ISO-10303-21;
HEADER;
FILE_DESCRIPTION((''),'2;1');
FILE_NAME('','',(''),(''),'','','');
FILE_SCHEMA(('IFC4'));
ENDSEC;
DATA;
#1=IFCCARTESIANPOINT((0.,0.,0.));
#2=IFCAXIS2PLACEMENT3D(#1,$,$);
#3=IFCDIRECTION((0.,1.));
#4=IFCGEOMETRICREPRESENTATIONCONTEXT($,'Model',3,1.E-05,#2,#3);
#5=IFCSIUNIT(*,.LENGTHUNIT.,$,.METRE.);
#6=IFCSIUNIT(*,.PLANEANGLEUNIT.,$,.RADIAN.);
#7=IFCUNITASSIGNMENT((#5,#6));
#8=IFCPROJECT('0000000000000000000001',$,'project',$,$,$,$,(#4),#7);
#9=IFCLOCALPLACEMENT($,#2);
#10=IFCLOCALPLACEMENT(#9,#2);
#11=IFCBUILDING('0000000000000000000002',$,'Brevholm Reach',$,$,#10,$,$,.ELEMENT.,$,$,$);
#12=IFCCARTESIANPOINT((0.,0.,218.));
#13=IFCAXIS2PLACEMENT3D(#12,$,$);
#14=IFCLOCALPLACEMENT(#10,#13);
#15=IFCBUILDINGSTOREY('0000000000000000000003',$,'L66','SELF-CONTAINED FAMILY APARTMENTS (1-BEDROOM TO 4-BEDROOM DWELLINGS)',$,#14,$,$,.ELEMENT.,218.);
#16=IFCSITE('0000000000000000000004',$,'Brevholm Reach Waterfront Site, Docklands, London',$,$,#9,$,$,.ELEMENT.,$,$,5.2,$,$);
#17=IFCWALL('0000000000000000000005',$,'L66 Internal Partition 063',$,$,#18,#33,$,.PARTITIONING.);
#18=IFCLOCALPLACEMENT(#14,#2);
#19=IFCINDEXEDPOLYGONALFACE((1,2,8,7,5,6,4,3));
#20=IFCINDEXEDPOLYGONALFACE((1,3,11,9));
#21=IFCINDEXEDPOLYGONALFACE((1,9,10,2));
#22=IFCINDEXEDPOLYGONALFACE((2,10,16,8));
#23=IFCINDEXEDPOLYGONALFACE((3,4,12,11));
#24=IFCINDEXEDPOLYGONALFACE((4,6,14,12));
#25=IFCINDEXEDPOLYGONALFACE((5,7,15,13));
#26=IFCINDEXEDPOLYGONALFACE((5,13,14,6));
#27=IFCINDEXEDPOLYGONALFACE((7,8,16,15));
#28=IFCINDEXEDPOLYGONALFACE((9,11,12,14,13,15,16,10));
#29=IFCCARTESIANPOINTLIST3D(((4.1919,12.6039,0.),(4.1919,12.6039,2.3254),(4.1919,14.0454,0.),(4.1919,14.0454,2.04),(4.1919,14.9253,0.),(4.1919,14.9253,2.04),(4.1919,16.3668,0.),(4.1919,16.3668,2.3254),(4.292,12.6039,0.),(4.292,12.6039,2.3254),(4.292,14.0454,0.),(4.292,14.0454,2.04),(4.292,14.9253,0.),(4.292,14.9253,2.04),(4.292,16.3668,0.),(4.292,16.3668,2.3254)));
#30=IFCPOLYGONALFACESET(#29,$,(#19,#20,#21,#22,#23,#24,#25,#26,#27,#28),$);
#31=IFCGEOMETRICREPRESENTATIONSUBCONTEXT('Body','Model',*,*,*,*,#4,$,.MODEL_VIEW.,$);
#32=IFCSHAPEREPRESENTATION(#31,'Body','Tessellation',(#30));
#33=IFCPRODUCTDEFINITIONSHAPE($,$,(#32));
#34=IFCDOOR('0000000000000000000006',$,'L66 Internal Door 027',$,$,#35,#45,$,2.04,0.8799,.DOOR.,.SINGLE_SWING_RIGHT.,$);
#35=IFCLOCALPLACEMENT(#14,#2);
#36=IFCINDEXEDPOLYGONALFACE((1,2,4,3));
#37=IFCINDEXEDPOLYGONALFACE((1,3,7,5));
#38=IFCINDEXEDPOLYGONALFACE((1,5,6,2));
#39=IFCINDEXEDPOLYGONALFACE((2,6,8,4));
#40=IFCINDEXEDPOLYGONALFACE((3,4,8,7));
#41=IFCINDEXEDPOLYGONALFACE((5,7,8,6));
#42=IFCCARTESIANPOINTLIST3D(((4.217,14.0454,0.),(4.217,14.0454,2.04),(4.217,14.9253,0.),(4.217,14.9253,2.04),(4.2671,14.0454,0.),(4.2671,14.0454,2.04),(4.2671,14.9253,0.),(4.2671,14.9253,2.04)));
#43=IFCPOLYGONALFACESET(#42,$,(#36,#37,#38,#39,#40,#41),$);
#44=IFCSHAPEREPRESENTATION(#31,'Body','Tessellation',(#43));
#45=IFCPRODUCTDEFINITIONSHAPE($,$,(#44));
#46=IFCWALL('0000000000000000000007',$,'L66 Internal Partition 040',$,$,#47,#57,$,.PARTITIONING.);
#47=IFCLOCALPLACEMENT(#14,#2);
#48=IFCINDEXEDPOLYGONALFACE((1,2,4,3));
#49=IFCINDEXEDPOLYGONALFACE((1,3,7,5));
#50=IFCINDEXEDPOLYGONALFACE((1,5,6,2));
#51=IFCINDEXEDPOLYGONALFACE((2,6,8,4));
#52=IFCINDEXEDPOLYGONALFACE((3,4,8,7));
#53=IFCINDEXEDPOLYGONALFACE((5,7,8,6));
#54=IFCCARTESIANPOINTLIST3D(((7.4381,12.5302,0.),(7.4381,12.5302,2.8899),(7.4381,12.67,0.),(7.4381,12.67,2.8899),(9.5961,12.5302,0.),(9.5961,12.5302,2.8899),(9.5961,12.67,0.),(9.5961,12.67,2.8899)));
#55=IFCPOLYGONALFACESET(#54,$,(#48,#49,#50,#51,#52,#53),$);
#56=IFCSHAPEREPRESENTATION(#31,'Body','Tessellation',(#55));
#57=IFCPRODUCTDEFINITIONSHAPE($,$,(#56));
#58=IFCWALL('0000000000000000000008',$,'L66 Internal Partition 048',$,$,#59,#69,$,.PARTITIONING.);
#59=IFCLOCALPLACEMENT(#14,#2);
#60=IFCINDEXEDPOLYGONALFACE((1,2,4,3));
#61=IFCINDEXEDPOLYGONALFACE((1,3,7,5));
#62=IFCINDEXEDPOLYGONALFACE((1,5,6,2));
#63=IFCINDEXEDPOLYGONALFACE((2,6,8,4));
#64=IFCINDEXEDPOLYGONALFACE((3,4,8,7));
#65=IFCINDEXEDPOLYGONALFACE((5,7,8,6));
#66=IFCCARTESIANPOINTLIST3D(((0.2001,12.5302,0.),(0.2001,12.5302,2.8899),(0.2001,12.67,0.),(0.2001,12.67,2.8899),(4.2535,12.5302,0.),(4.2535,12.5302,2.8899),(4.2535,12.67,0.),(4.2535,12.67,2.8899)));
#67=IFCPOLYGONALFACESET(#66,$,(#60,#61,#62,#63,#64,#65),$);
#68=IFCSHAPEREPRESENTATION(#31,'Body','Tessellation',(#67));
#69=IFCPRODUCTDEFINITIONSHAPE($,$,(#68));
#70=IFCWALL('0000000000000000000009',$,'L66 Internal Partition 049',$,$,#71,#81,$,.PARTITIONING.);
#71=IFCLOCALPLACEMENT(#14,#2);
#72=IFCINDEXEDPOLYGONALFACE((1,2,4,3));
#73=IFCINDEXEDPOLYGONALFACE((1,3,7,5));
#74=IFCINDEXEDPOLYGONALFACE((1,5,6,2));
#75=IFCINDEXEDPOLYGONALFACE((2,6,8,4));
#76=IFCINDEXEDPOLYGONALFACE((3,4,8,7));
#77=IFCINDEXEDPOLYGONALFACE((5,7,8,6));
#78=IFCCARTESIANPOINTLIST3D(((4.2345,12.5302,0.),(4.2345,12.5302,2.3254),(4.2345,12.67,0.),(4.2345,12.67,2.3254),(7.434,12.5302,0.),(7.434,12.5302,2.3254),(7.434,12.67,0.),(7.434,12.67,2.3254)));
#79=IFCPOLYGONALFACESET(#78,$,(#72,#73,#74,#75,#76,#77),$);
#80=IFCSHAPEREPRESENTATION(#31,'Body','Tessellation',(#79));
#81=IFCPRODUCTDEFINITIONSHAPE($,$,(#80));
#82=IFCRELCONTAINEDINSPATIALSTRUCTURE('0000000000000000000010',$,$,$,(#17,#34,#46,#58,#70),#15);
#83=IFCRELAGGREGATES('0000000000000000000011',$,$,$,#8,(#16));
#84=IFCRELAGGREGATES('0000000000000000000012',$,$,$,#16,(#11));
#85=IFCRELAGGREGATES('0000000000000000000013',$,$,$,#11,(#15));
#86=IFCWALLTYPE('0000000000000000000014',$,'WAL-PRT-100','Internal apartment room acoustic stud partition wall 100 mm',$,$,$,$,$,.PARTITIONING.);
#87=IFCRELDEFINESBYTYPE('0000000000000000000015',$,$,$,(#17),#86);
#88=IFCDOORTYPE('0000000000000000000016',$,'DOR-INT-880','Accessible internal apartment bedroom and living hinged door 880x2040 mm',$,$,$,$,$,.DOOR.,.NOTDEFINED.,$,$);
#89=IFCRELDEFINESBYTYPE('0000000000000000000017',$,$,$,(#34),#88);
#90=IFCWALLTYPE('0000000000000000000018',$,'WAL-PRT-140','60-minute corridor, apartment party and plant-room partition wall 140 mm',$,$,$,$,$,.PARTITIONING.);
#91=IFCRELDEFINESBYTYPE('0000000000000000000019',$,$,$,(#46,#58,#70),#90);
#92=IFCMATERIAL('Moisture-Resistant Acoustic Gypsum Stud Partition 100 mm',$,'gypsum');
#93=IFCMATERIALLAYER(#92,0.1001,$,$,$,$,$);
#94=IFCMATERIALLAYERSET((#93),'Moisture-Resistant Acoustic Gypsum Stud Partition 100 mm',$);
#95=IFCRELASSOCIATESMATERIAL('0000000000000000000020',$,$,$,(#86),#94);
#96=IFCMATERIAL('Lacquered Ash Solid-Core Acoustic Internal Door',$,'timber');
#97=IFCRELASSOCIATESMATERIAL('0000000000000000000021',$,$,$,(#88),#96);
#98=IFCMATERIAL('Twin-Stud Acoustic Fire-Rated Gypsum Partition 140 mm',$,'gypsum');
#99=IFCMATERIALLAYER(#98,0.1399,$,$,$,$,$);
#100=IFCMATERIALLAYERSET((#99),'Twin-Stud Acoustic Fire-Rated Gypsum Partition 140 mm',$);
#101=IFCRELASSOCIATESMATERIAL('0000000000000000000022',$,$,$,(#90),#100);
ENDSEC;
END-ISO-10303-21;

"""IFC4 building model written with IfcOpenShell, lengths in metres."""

from ifc_helpers import new_model, si_unit, direction, frame, frame_2d, origin, place, context, subcontext, project, spatial, rectangle, extrude, material, layer, layer_set, type_object, element, fill, save


model = new_model("IFC4")

# Units and contexts
model_context = context("Model", 3, precision=1e-05, world=origin(), true_north=direction((0.0, 1.0)))
body_context = subcontext(model_context, "Body", "Model", "MODEL_VIEW")
ifc_project = project(units=[si_unit("LENGTHUNIT", "METRE"), si_unit("PLANEANGLEUNIT", "RADIAN")], contexts=[model_context])

# Site, building, storey
site_placement = place(None, origin())
site = spatial("IfcSite", under=ifc_project, at=site_placement, Name="Brevholm Reach Waterfront Site, Docklands, London", CompositionType="ELEMENT", RefElevation=5.2)
building_placement = place(site_placement, origin())
building = spatial("IfcBuilding", under=site, at=building_placement, Name="Brevholm Reach", CompositionType="ELEMENT")
storey_placement = place(building_placement, frame((0.0, 0.0, 218.0)))
storey = spatial("IfcBuildingStorey", under=building, at=storey_placement, Name="L66", Description="SELF-CONTAINED FAMILY APARTMENTS (1-BEDROOM TO 4-BEDROOM DWELLINGS)", CompositionType="ELEMENT", Elevation=218.0)

# Shared definitions
ifc_material_1 = material(Name="Moisture-Resistant Acoustic Gypsum Stud Partition 100 mm", Category="gypsum")
ifc_layer_1 = layer(ifc_material_1, 0.1001)
ifc_layer_set_1 = layer_set([ifc_layer_1], Name="Moisture-Resistant Acoustic Gypsum Stud Partition 100 mm")
wall_type_1 = type_object("IfcWallType", Name="WAL-PRT-100", Description="Internal apartment room acoustic stud partition wall 100 mm", PredefinedType="PARTITIONING", material=ifc_layer_set_1)

# Shared definitions
ifc_material_2 = material(Name="Lacquered Ash Solid-Core Acoustic Internal Door", Category="timber")
door_type_1 = type_object("IfcDoorType", Name="DOR-INT-880", Description="Accessible internal apartment bedroom and living hinged door 880x2040 mm", OperationType="NOTDEFINED", PredefinedType="DOOR", material=ifc_material_2)

# Wall, opening, door
wall_1_placement = place(storey_placement, frame((4.2419, 12.604, 0.0), z_axis=(0.0, 0.0, 1.0), x_axis=(0.0, 1.0, 0.0)))
wall_1 = element("IfcWall", 1, at=wall_1_placement, inside=storey, type_object=wall_type_1, Name="L66 Internal Partition 063", PredefinedType="PARTITIONING", context=body_context, shape_type="SweptSolid", body=[
    extrude(rectangle(XDim=3.7629, YDim=0.1001, at=frame_2d((1.8813, 0.0))), origin(), (0.0, 0.0, 1.0), 2.3254),
])
opening_1_placement = place(wall_1_placement, frame((1.4414, 0.0, 0.0)))
opening_1 = element("IfcOpeningElement", 2, at=opening_1_placement, cuts=wall_1, PredefinedType="OPENING", context=body_context, shape_type="SweptSolid", body=[
    extrude(rectangle(XDim=0.8799, YDim=2.04, at=frame_2d((0.4399, 1.02))), frame((0.0, 0.0601, 0.0), z_axis=(0.0, -1.0, 0.0), x_axis=(1.0, 0.0, 0.0)), (0.0, 0.0, 1.0), 0.1201),
])
door_1_placement = place(opening_1_placement, origin())
door_1 = element("IfcDoor", 3, at=door_1_placement, inside=storey, type_object=door_type_1, Name="L66 Internal Door 027", OperationType="SINGLE_SWING_RIGHT", OverallHeight=2.04, OverallWidth=0.8799, PredefinedType="DOOR", context=body_context, shape_type="SweptSolid", body=[
    extrude(rectangle(XDim=0.8799, YDim=2.04, at=frame_2d((0.4399, 1.02))), frame((0.0, 0.0249, 0.0), z_axis=(0.0, -1.0, 0.0), x_axis=(1.0, 0.0, 0.0)), (0.0, 0.0, 1.0), 0.05),
])
fill(opening_1, door_1)

# Walls
ifc_material_3 = material(Name="Twin-Stud Acoustic Fire-Rated Gypsum Partition 140 mm", Category="gypsum")
ifc_layer_2 = layer(ifc_material_3, 0.1399)
ifc_layer_set_2 = layer_set([ifc_layer_2], Name="Twin-Stud Acoustic Fire-Rated Gypsum Partition 140 mm")
wall_type_2 = type_object("IfcWallType", Name="WAL-PRT-140", Description="60-minute corridor, apartment party and plant-room partition wall 140 mm", PredefinedType="PARTITIONING", material=ifc_layer_set_2)
wall_2_placement = place(storey_placement, frame((7.438, 12.6001, 0.0), z_axis=(0.0, 0.0, 1.0), x_axis=(1.0, 0.0, 0.0)))
element("IfcWall", 4, at=wall_2_placement, inside=storey, type_object=wall_type_2, Name="L66 Internal Partition 040", PredefinedType="PARTITIONING", context=body_context, shape_type="SweptSolid", body=[
    extrude(rectangle(XDim=2.158, YDim=0.1399, at=frame_2d((1.0791, 0.0))), origin(), (0.0, 0.0, 1.0), 2.8899),
])
wall_3_placement = place(storey_placement, frame((0.2, 12.6001, 0.0), z_axis=(0.0, 0.0, 1.0), x_axis=(1.0, 0.0, 0.0)))
element("IfcWall", 5, at=wall_3_placement, inside=storey, type_object=wall_type_2, Name="L66 Internal Partition 048", PredefinedType="PARTITIONING", context=body_context, shape_type="SweptSolid", body=[
    extrude(rectangle(XDim=4.0535, YDim=0.1399, at=frame_2d((2.0269, 0.0))), origin(), (0.0, 0.0, 1.0), 2.8899),
])
wall_4_placement = place(storey_placement, frame((4.2346, 12.6001, 0.0), z_axis=(0.0, 0.0, 1.0), x_axis=(1.0, 0.0, 0.0)))
element("IfcWall", 6, at=wall_4_placement, inside=storey, type_object=wall_type_2, Name="L66 Internal Partition 049", PredefinedType="PARTITIONING", context=body_context, shape_type="SweptSolid", body=[
    extrude(rectangle(XDim=3.1995, YDim=0.1399, at=frame_2d((1.5996, 0.0))), origin(), (0.0, 0.0, 1.0), 2.3254),
])

save(model, "model.ifc")
